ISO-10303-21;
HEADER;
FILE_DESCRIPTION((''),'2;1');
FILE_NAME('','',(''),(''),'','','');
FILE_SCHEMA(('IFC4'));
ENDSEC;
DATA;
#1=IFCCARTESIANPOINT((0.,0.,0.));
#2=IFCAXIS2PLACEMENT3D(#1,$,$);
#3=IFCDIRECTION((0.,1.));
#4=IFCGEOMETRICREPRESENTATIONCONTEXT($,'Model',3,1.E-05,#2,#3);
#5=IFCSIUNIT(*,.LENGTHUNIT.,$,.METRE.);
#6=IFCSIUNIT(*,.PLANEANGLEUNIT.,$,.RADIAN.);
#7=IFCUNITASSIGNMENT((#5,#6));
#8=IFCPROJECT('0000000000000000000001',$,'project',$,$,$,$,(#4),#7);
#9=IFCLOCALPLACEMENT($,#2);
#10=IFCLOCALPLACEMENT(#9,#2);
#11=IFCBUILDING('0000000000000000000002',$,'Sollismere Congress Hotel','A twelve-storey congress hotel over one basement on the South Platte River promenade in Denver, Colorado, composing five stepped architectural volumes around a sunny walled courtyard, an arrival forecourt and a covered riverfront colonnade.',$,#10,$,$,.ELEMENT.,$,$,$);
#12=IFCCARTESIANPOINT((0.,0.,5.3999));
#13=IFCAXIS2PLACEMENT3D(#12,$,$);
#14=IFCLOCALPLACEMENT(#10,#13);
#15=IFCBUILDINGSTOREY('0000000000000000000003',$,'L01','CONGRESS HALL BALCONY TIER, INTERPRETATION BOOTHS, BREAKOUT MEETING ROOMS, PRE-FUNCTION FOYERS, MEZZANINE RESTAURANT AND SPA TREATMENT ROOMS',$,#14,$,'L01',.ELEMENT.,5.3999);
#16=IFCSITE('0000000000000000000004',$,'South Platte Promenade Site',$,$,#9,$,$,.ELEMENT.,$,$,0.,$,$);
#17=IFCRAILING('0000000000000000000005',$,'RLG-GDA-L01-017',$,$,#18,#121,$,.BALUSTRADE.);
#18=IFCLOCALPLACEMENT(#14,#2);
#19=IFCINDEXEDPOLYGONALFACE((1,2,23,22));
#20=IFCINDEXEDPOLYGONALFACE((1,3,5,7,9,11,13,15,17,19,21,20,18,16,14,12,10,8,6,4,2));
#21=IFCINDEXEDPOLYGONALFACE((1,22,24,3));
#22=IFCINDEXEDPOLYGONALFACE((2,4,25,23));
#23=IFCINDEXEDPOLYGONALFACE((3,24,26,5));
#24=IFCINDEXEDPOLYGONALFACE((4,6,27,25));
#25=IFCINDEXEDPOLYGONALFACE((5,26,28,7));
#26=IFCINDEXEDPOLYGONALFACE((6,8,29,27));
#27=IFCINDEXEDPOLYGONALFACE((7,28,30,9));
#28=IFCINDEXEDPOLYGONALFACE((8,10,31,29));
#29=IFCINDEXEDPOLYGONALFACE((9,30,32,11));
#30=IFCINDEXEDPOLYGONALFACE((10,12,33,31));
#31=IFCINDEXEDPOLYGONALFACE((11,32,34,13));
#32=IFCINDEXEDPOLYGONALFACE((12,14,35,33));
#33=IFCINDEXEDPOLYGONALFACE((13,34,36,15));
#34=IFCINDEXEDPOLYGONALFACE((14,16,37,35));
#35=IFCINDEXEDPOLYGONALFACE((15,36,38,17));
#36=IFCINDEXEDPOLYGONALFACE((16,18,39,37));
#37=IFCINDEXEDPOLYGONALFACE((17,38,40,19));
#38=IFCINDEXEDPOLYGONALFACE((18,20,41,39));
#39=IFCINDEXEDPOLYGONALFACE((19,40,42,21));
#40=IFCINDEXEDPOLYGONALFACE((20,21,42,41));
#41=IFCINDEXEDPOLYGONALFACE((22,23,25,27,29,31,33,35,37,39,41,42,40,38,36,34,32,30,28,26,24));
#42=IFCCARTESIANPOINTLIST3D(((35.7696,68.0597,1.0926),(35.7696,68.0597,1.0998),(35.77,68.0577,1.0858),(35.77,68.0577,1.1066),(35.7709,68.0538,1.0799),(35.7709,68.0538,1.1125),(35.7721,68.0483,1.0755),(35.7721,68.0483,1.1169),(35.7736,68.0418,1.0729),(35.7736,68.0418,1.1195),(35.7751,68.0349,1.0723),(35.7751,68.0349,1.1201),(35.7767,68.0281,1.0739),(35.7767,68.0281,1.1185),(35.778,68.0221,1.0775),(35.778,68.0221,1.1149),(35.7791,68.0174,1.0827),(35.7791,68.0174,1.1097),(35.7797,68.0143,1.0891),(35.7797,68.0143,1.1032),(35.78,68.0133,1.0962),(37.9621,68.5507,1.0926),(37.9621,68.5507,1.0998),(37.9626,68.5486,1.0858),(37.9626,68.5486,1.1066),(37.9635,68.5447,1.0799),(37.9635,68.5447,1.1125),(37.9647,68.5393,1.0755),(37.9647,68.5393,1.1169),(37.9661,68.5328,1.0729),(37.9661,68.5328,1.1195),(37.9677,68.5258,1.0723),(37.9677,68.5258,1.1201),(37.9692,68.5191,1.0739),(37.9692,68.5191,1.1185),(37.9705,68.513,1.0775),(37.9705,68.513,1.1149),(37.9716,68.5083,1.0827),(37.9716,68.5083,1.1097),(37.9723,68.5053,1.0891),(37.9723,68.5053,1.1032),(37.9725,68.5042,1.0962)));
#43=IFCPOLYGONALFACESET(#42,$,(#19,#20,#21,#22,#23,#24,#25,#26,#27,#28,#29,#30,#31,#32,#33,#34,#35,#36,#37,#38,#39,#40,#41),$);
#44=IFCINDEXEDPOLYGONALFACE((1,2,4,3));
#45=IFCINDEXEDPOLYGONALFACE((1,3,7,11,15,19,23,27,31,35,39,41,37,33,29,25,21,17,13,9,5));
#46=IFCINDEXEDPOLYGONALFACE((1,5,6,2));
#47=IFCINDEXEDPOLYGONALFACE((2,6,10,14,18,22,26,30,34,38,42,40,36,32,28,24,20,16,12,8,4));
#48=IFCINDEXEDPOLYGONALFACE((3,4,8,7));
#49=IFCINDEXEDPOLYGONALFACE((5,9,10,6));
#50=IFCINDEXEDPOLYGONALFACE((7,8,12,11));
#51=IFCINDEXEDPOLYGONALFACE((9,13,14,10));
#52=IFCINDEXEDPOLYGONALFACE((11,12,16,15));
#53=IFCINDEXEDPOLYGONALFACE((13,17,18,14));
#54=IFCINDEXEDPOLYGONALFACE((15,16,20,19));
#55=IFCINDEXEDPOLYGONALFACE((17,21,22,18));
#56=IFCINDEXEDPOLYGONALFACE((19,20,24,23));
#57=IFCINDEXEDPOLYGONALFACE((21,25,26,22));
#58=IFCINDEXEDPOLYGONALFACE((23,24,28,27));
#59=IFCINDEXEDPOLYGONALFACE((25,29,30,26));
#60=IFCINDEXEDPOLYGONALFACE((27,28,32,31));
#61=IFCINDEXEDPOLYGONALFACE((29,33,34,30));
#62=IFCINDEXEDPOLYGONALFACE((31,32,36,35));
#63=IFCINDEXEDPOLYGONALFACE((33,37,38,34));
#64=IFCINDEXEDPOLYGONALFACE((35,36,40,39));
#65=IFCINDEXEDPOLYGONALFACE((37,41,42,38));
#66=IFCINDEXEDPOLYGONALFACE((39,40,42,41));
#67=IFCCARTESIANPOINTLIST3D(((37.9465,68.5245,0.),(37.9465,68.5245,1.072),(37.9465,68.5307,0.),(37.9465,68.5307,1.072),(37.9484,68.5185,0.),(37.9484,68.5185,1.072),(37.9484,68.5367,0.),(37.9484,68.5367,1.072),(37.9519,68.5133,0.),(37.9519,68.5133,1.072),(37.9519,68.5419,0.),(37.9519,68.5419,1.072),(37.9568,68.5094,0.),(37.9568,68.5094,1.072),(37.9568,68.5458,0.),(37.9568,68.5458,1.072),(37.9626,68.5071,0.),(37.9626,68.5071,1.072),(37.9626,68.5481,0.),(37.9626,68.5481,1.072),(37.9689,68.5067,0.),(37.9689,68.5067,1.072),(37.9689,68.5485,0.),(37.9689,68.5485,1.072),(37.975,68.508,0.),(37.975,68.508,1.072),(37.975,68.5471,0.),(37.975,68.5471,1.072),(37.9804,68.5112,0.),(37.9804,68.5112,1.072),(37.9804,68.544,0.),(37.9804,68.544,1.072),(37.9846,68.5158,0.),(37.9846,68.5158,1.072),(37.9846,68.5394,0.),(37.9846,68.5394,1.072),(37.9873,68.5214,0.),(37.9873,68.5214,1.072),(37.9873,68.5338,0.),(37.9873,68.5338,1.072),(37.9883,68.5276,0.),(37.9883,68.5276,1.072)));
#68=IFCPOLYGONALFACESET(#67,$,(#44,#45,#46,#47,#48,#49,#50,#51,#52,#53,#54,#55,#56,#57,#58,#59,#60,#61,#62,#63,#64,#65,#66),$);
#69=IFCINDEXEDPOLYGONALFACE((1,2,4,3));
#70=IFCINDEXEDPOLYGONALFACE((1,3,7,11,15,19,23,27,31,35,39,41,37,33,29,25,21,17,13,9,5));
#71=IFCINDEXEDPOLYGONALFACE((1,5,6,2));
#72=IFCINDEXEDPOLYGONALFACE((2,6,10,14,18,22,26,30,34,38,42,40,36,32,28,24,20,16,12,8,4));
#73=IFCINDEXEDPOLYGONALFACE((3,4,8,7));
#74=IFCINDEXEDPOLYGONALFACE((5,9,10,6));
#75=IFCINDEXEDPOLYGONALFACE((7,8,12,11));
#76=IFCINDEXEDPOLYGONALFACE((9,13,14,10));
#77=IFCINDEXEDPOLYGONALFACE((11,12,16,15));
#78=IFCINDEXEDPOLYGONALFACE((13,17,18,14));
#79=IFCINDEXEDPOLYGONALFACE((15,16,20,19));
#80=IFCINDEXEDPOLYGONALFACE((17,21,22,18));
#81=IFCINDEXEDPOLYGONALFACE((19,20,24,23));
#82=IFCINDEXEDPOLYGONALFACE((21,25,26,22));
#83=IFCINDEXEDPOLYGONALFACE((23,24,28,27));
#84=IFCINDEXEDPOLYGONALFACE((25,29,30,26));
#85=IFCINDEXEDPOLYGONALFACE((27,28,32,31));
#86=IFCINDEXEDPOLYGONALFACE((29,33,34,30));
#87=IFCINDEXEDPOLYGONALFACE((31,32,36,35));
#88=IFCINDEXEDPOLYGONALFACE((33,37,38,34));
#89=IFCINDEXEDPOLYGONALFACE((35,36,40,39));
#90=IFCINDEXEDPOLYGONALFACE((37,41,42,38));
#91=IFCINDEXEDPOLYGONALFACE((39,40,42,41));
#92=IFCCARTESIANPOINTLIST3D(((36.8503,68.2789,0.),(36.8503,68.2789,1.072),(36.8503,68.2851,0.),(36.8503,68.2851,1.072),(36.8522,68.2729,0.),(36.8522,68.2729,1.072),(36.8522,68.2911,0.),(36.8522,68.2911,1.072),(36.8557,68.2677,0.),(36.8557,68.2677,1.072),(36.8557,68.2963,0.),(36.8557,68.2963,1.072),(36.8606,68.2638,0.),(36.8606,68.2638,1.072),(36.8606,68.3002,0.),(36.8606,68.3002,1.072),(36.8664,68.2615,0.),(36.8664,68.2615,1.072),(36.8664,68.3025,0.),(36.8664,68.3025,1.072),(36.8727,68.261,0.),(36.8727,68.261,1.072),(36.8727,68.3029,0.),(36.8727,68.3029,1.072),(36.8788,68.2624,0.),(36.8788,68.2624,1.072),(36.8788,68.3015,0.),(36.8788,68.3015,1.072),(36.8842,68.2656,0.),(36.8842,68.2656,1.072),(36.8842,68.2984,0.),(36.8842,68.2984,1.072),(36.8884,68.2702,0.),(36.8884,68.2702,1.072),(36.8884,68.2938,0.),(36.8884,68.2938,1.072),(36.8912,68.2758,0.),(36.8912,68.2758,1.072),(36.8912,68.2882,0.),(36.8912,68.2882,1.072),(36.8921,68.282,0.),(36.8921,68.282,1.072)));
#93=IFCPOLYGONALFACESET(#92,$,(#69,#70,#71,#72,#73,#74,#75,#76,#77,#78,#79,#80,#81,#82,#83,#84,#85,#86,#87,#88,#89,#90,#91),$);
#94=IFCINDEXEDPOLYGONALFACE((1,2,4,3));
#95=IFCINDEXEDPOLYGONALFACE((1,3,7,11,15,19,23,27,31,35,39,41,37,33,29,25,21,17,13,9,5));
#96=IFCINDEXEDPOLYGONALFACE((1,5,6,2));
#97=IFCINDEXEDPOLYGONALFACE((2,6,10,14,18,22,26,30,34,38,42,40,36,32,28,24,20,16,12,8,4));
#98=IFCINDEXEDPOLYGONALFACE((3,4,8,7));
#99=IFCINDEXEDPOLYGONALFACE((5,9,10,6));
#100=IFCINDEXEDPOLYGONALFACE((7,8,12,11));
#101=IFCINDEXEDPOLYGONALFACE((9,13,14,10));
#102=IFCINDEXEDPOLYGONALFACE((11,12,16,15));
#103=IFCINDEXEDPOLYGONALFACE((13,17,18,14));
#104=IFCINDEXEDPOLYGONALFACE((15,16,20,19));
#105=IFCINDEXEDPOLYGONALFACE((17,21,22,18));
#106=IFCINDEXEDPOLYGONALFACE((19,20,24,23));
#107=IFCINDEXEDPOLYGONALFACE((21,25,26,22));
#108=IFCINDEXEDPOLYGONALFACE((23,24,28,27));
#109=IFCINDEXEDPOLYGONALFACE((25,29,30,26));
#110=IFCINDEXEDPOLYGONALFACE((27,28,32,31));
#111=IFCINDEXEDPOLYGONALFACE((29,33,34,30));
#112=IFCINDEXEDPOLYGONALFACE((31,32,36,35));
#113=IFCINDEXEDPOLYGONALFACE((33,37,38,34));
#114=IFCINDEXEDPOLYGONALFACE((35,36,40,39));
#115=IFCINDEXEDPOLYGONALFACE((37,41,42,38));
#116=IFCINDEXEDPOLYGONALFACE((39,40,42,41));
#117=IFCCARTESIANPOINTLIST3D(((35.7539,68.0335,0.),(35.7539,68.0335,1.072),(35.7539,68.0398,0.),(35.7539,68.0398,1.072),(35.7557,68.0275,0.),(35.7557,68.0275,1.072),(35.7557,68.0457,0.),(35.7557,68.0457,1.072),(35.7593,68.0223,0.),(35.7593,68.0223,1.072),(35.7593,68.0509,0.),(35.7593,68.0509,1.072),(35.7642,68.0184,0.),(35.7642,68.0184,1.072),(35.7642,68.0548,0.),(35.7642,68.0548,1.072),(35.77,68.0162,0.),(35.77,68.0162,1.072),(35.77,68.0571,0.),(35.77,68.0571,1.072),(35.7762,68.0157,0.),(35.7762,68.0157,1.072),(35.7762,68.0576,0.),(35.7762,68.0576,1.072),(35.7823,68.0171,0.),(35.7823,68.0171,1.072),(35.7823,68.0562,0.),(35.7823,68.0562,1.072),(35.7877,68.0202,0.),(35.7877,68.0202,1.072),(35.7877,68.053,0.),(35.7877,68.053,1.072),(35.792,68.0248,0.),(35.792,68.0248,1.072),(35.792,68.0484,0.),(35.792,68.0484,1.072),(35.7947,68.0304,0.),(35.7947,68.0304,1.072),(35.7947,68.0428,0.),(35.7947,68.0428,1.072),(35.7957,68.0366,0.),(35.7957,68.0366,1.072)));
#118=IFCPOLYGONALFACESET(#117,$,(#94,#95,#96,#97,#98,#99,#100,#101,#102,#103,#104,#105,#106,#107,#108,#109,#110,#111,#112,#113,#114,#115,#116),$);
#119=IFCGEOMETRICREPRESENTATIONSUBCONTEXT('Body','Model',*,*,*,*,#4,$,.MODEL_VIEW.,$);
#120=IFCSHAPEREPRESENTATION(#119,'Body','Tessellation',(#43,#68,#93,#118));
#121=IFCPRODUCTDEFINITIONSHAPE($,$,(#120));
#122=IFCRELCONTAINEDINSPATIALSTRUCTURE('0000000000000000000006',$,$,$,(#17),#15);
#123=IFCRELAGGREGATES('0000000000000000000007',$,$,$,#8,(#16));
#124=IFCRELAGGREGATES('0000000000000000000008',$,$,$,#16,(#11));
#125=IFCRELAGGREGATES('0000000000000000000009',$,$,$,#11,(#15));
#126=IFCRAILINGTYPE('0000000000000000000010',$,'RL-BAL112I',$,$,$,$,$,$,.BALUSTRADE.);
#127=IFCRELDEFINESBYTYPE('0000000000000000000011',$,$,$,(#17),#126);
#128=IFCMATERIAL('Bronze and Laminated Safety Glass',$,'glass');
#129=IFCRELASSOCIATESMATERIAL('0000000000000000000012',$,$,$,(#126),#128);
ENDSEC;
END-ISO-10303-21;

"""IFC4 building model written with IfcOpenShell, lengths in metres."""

from ifc_helpers import new_model, si_unit, direction, frame, origin, origin_2d, place, context, subcontext, project, spatial, circle, extrude, material, type_object, element, save


model = new_model("IFC4")

# Units and contexts
model_context = context("Model", 3, precision=1e-05, world=origin(), true_north=direction((0.0, 1.0)))
body_context = subcontext(model_context, "Body", "Model", "MODEL_VIEW")
ifc_project = project(units=[si_unit("LENGTHUNIT", "METRE"), si_unit("PLANEANGLEUNIT", "RADIAN")], contexts=[model_context])

# Site, building, storey
site_placement = place(None, origin())
site = spatial("IfcSite", under=ifc_project, at=site_placement, Name="South Platte Promenade Site", CompositionType="ELEMENT", RefElevation=0.0)
building_placement = place(site_placement, origin())
building = spatial("IfcBuilding", under=site, at=building_placement, Name="Sollismere Congress Hotel", Description="A twelve-storey congress hotel over one basement on the South Platte River promenade in Denver, Colorado, composing five stepped architectural volumes around a sunny walled courtyard, an arrival forecourt and a covered riverfront colonnade.", CompositionType="ELEMENT")
storey_placement = place(building_placement, frame((0.0, 0.0, 5.3999)))
storey = spatial("IfcBuildingStorey", under=building, at=storey_placement, Name="L01", Description="CONGRESS HALL BALCONY TIER, INTERPRETATION BOOTHS, BREAKOUT MEETING ROOMS, PRE-FUNCTION FOYERS, MEZZANINE RESTAURANT AND SPA TREATMENT ROOMS", LongName="L01", CompositionType="ELEMENT", Elevation=5.3999)

# Railing
ifc_material_1 = material(Name="Bronze and Laminated Safety Glass", Category="glass")
railing_type = type_object("IfcRailingType", Name="RL-BAL112I", PredefinedType="BALUSTRADE", material=ifc_material_1)
railing_1_placement = place(storey_placement, frame((37.9673, 68.5276, 0.0)))
element("IfcRailing", 1, at=railing_1_placement, inside=storey, type_object=railing_type, Name="RLG-GDA-L01-017", PredefinedType="BALUSTRADE", context=body_context, shape_type="SweptSolid", body=[
    extrude(circle(Radius=0.0239, at=origin_2d()), frame((0.0, 0.0, 1.0962), z_axis=(-0.975836, -0.218506, 0.0), x_axis=(0.218506, -0.975836, 0.0)), (0.0, 0.0, 1.0), 2.2468),
    extrude(circle(Radius=0.021, at=origin_2d()), origin(), (0.0, 0.0, 1.0), 1.072),
    extrude(circle(Radius=0.021, at=origin_2d()), frame((-1.0962, -0.2456, 0.0)), (0.0, 0.0, 1.0), 1.072),
    extrude(circle(Radius=0.021, at=origin_2d()), frame((-2.1926, -0.491, 0.0)), (0.0, 0.0, 1.0), 1.072),
])

save(model, "model.ifc")
